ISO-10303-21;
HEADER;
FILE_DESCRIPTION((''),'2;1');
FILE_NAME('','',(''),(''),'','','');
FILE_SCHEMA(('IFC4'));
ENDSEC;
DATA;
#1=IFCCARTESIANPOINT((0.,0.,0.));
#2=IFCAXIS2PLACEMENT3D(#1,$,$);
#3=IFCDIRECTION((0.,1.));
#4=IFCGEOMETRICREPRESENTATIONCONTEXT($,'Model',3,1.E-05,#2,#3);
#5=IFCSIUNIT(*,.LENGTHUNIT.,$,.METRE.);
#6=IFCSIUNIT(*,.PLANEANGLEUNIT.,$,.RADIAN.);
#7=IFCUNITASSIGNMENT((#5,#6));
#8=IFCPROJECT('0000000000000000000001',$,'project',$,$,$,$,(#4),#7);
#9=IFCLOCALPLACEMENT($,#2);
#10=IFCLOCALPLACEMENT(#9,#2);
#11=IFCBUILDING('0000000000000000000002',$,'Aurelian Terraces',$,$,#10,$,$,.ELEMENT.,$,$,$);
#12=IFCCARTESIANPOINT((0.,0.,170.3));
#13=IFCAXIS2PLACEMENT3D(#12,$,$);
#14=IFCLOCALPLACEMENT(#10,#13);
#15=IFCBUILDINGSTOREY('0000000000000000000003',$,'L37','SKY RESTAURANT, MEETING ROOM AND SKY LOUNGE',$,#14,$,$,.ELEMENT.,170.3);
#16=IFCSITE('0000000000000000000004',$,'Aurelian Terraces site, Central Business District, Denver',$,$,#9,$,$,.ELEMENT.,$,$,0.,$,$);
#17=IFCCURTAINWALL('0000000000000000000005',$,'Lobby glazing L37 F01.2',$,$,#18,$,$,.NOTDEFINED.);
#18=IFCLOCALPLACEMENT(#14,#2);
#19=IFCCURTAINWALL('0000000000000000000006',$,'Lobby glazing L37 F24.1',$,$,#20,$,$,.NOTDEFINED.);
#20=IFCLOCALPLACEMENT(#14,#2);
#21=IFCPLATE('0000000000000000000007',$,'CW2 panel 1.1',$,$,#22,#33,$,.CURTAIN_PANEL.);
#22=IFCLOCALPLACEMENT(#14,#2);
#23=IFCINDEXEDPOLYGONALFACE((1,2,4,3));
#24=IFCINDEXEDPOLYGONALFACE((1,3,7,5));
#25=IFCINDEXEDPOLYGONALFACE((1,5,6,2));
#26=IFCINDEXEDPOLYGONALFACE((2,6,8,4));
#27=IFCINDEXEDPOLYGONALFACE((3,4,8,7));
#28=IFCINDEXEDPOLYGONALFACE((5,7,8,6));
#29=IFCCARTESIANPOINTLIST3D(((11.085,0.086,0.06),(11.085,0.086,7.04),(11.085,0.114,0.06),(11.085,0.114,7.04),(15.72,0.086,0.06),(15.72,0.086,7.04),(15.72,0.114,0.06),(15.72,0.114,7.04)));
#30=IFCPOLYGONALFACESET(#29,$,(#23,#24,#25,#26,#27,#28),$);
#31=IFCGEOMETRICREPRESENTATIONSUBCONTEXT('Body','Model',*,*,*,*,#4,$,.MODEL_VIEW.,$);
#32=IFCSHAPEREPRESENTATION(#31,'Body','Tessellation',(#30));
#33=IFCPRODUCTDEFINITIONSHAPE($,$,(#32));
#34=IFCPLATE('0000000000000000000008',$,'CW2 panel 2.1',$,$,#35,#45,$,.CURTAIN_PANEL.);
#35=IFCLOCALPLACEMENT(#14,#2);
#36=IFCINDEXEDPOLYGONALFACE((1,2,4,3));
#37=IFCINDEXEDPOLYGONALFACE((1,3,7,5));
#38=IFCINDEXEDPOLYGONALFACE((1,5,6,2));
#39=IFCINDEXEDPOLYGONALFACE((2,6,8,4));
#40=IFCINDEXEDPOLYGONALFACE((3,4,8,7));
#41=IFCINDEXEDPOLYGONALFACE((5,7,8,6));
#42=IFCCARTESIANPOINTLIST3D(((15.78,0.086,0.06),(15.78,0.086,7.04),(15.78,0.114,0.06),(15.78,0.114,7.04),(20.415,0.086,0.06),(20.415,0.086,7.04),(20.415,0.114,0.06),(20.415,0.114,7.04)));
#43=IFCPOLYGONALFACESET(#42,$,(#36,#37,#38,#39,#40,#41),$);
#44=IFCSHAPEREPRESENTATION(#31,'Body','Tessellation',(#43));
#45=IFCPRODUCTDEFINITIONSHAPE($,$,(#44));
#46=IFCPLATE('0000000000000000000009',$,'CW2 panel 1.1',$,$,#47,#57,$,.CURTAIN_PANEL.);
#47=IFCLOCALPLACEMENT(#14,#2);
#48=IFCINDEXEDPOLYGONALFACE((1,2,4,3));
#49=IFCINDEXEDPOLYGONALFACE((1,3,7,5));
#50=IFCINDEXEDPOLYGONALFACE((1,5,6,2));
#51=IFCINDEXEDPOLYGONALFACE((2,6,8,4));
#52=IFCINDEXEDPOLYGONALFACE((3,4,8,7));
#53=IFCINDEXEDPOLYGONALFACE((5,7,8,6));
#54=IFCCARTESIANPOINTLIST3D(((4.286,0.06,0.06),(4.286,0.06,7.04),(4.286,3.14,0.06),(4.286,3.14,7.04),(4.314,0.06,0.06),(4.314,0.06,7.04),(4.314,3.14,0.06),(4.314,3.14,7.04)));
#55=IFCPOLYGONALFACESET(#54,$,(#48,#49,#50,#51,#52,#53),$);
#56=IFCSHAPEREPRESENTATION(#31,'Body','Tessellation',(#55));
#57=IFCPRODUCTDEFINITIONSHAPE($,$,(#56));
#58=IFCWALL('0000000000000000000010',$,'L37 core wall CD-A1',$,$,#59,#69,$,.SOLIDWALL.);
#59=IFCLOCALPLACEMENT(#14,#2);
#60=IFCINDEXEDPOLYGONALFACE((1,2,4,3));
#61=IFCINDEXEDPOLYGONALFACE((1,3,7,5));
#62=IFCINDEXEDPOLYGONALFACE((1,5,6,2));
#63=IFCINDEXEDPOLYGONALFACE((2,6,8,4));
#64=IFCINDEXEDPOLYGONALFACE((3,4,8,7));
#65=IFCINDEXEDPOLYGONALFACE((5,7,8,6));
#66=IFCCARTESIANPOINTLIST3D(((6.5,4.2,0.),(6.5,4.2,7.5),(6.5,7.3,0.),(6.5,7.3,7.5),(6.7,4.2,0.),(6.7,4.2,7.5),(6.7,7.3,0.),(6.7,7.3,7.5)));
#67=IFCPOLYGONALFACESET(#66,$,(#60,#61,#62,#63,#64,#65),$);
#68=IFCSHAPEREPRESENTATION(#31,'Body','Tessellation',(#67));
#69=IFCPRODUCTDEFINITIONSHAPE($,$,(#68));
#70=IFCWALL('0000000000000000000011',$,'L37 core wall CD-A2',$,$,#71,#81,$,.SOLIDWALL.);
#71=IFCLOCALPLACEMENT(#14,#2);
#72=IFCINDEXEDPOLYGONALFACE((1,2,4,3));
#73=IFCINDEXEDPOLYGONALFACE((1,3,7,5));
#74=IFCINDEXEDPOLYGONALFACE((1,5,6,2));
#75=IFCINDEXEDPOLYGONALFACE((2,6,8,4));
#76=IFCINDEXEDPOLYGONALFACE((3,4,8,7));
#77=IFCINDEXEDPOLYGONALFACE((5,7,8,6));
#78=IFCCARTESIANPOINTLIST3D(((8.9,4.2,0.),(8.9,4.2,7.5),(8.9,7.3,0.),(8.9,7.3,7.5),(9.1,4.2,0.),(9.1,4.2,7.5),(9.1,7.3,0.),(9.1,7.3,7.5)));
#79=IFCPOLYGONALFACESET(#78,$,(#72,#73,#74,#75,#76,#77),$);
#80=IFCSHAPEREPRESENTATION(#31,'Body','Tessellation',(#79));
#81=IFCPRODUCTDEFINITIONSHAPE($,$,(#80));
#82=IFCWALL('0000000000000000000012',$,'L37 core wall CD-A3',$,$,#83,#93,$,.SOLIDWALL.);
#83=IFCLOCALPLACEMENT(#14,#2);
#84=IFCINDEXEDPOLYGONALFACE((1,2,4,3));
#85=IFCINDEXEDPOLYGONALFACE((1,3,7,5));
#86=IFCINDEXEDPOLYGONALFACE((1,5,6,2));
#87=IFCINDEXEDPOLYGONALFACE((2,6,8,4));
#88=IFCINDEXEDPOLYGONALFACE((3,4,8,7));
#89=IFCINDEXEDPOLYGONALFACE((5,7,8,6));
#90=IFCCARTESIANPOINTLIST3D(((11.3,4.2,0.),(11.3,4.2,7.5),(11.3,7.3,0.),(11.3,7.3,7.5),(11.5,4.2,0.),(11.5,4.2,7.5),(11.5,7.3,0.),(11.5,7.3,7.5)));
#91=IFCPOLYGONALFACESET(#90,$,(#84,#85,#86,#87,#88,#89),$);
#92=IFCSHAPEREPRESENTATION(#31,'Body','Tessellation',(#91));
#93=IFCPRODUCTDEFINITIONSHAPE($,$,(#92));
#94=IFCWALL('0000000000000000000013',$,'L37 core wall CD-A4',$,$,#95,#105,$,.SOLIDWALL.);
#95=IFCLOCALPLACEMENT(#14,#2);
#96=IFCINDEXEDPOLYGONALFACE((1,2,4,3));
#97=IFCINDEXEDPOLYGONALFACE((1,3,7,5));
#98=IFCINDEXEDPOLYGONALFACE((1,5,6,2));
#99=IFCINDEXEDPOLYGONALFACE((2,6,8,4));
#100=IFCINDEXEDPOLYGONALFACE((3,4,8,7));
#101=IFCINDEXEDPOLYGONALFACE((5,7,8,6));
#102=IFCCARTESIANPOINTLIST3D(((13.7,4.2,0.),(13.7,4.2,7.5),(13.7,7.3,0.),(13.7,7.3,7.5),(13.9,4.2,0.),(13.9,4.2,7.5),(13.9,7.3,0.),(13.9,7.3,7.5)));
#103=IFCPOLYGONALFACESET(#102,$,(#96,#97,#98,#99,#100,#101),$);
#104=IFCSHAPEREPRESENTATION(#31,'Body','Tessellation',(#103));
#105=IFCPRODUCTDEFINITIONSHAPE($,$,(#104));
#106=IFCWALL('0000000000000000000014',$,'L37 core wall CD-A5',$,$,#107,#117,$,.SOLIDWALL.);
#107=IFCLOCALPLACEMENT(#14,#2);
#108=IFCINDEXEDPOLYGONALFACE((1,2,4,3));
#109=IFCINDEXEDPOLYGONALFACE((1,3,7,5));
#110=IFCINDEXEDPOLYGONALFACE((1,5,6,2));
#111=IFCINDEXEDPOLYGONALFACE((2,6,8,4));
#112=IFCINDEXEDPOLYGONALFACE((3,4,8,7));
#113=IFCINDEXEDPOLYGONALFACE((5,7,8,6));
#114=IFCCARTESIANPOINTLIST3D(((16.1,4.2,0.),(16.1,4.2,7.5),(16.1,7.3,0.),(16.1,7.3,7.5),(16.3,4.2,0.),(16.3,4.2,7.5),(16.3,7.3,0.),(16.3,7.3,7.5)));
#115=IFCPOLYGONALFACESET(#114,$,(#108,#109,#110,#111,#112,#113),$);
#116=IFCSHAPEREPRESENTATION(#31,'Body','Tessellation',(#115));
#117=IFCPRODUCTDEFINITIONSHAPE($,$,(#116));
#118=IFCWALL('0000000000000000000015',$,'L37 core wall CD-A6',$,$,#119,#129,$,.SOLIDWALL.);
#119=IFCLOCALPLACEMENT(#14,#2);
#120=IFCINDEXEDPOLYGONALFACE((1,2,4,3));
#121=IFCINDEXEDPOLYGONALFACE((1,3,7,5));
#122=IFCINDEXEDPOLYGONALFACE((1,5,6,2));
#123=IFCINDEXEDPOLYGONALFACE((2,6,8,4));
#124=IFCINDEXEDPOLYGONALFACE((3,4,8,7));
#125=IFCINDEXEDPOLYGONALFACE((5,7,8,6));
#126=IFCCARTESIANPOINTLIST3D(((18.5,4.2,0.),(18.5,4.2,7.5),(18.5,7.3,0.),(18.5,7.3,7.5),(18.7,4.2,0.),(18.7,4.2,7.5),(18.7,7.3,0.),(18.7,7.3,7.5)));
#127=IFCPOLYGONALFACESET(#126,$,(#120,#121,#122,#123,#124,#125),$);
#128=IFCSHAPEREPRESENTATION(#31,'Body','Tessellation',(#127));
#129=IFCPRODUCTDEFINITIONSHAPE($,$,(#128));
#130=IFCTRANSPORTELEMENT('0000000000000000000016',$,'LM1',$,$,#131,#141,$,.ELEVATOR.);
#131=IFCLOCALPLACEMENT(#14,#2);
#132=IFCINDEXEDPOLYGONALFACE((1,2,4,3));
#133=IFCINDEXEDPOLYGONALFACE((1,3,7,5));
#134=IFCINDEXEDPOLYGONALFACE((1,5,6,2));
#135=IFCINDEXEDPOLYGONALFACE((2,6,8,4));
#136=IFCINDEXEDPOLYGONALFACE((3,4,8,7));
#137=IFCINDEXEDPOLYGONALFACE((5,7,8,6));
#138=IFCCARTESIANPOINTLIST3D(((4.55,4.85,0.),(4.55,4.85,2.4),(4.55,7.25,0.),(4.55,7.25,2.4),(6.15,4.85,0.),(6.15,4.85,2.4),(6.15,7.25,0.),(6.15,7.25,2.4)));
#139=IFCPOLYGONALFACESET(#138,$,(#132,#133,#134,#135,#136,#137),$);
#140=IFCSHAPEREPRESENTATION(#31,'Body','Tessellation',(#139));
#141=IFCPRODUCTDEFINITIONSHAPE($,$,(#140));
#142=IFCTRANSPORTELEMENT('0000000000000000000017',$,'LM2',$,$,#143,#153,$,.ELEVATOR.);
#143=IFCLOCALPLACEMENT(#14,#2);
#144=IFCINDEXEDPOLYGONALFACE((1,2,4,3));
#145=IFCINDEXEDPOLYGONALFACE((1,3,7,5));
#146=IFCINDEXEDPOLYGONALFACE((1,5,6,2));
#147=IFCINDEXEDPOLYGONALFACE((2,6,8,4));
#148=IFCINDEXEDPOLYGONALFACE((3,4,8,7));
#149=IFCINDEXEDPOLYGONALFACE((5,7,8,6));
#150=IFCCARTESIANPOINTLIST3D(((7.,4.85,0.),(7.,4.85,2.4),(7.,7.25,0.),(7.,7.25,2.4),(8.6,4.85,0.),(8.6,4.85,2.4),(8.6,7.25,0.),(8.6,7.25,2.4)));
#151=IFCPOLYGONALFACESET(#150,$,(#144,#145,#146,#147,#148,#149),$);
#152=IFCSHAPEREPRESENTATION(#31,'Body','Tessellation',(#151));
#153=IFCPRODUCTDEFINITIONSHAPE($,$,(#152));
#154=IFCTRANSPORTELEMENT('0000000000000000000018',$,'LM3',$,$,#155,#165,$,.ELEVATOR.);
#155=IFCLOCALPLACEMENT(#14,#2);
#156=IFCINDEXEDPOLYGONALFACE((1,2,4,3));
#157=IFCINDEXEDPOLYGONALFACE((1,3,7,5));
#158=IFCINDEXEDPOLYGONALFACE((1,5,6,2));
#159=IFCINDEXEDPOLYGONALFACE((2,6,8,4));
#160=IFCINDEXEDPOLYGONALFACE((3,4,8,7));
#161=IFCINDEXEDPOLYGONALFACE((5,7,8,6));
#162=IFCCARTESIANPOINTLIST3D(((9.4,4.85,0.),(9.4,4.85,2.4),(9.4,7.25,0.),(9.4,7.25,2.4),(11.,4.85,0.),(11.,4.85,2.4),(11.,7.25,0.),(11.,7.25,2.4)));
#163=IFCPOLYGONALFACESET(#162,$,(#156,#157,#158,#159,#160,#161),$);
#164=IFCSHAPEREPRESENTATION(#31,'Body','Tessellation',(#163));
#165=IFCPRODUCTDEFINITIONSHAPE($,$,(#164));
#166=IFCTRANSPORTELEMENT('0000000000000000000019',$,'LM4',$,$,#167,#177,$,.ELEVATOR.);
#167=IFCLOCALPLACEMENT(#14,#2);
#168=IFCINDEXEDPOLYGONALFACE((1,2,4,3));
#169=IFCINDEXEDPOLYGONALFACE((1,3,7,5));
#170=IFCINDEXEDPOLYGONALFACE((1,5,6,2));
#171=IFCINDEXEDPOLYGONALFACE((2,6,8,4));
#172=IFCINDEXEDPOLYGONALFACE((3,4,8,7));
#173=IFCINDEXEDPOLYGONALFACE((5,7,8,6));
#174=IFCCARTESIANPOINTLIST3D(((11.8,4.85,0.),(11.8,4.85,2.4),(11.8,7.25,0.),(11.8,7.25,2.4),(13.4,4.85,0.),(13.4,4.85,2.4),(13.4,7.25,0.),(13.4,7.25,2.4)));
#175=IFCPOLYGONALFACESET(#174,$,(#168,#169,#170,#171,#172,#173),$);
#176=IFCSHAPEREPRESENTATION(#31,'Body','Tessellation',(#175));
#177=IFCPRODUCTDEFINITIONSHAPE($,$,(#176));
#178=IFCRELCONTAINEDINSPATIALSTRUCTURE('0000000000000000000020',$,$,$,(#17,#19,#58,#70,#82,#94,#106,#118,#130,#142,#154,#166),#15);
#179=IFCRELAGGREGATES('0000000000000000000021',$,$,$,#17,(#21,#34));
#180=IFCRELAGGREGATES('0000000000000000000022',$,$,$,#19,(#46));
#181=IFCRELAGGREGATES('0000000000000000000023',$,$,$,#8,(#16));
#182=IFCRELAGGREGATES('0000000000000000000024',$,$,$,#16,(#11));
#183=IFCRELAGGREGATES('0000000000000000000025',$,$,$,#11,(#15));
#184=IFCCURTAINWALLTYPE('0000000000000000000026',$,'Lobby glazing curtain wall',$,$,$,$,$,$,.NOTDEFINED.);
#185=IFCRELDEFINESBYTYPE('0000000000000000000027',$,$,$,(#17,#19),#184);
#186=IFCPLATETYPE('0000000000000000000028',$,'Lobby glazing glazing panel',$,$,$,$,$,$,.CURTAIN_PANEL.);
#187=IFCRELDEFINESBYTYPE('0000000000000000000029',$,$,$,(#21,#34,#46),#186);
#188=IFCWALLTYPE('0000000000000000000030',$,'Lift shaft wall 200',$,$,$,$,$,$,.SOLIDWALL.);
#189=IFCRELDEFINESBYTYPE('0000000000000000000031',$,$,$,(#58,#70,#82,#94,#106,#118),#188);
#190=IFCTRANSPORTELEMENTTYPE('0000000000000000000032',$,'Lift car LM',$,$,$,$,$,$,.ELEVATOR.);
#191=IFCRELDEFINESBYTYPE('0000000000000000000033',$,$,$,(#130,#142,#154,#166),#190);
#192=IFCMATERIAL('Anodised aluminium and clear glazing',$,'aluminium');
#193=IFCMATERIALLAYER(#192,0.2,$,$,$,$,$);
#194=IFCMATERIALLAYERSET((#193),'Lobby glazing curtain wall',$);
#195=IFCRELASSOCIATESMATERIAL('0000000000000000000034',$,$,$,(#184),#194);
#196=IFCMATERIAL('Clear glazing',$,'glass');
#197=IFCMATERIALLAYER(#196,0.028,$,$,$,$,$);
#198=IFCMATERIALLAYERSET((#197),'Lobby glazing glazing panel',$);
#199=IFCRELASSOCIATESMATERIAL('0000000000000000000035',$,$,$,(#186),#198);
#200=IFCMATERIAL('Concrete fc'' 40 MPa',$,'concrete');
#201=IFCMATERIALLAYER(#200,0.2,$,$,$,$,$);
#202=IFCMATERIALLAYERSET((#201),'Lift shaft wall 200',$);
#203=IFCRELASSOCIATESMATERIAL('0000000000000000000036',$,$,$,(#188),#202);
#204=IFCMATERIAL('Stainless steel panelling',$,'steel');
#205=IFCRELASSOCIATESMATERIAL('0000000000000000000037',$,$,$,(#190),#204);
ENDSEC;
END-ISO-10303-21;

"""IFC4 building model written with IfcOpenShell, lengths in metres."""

from ifc_helpers import new_model, si_unit, direction, frame, frame_2d, origin, origin_2d, place, context, subcontext, project, spatial, rectangle, extrude, source, transform, mapped, material, layer, layer_set, type_object, element, aggregate, save


model = new_model("IFC4")

# Units and contexts
model_context = context("Model", 3, precision=1e-05, world=origin(), true_north=direction((0.0, 1.0)))
body_context = subcontext(model_context, "Body", "Model", "MODEL_VIEW")
ifc_project = project(units=[si_unit("LENGTHUNIT", "METRE"), si_unit("PLANEANGLEUNIT", "RADIAN")], contexts=[model_context])

# Site, building, storey
site_placement = place(None, origin())
site = spatial("IfcSite", under=ifc_project, at=site_placement, Name="Aurelian Terraces site, Central Business District, Denver", CompositionType="ELEMENT", RefElevation=0.0)
building_placement = place(site_placement, origin())
building = spatial("IfcBuilding", under=site, at=building_placement, Name="Aurelian Terraces", CompositionType="ELEMENT")
storey_placement = place(building_placement, frame((0.0, 0.0, 170.3)))
storey = spatial("IfcBuildingStorey", under=building, at=storey_placement, Name="L37", Description="SKY RESTAURANT, MEETING ROOM AND SKY LOUNGE", CompositionType="ELEMENT", Elevation=170.3)

# Curtain wall
ifc_material_1 = material(Name="Anodised aluminium and clear glazing", Category="aluminium")
ifc_layer_1 = layer(ifc_material_1, 0.2)
ifc_layer_set_1 = layer_set([ifc_layer_1], Name="Lobby glazing curtain wall")
curtain_wall_type = type_object("IfcCurtainWallType", Name="Lobby glazing curtain wall", PredefinedType="NOTDEFINED", material=ifc_layer_set_1)
curtain_wall_1_placement = place(storey_placement, origin())
curtain_wall_1 = element("IfcCurtainWall", 1, at=curtain_wall_1_placement, inside=storey, type_object=curtain_wall_type, Name="Lobby glazing L37 F01.2", PredefinedType="NOTDEFINED")

# Curtain wall
curtain_wall_2_placement = place(storey_placement, origin())
curtain_wall_2 = element("IfcCurtainWall", 2, at=curtain_wall_2_placement, inside=storey, type_object=curtain_wall_type, Name="Lobby glazing L37 F24.1", PredefinedType="NOTDEFINED")

# Plates
ifc_material_2 = material(Name="Clear glazing", Category="glass")
ifc_layer_2 = layer(ifc_material_2, 0.028)
ifc_layer_set_2 = layer_set([ifc_layer_2], Name="Lobby glazing glazing panel")
plate_type = type_object("IfcPlateType", Name="Lobby glazing glazing panel", PredefinedType="CURTAIN_PANEL", material=ifc_layer_set_2)
plate_1_placement = place(storey_placement, frame((13.4025, 0.1, 0.06), z_axis=(0.0, 0.0, 1.0), x_axis=(1.0, 0.0, 0.0)))
plate_1 = element("IfcPlate", 3, at=plate_1_placement, type_object=plate_type, Name="CW2 panel 1.1", PredefinedType="CURTAIN_PANEL", context=body_context, shape_type="SweptSolid", body=[
    extrude(rectangle(XDim=4.635, YDim=0.028, at=origin_2d()), origin(), (0.0, 0.0, 1.0), 6.98),
])
shared_shape_1 = source(origin(), body_context, "Body", "SweptSolid", [
    extrude(rectangle(XDim=4.635, YDim=0.028, at=origin_2d()), origin(), (0.0, 0.0, 1.0), 6.98),
])
plate_2_placement = place(storey_placement, frame((18.0975, 0.1, 0.06), z_axis=(0.0, 0.0, 1.0), x_axis=(1.0, 0.0, 0.0)))
plate_2 = element("IfcPlate", 4, at=plate_2_placement, type_object=plate_type, Name="CW2 panel 2.1", PredefinedType="CURTAIN_PANEL", context=body_context, shape_type="MappedRepresentation", body=[
    mapped(shared_shape_1, transform((0.0, 0.0, 0.0), scale=1.0)),
])
aggregate(curtain_wall_1, [plate_1, plate_2])
shared_shape_2 = source(origin(), body_context, "Body", "SweptSolid", [
    extrude(rectangle(XDim=3.08, YDim=0.028, at=origin_2d()), origin(), (0.0, 0.0, 1.0), 6.98),
])
plate_3_placement = place(storey_placement, frame((4.3, 1.6, 0.06), z_axis=(0.0, 0.0, 1.0), x_axis=(0.0, -1.0, 0.0)))
plate_3 = element("IfcPlate", 5, at=plate_3_placement, type_object=plate_type, Name="CW2 panel 1.1", PredefinedType="CURTAIN_PANEL", context=body_context, shape_type="MappedRepresentation", body=[
    mapped(shared_shape_2, transform((0.0, 0.0, 0.0), scale=1.0)),
])
aggregate(curtain_wall_2, [plate_3])

# Walls
ifc_material_3 = material(Name="Concrete fc' 40 MPa", Category="concrete")
ifc_layer_3 = layer(ifc_material_3, 0.2)
ifc_layer_set_3 = layer_set([ifc_layer_3], Name="Lift shaft wall 200")
wall_type = type_object("IfcWallType", Name="Lift shaft wall 200", PredefinedType="SOLIDWALL", material=ifc_layer_set_3)
shared_shape_3 = source(origin(), body_context, "Body", "SweptSolid", [
    extrude(rectangle(XDim=3.1, YDim=0.2, at=frame_2d((1.55, 0.0))), origin(), (0.0, 0.0, 1.0), 7.5),
])
for number, where, z_axis, x_axis, name in (
    (6, (6.6, 4.2, 0.0), (0.0, 0.0, 1.0), (0.0, 1.0, 0.0), "L37 core wall CD-A1"),
    (7, (9.0, 4.2, 0.0), (0.0, 0.0, 1.0), (0.0, 1.0, 0.0), "L37 core wall CD-A2"),
    (8, (11.4, 4.2, 0.0), (0.0, 0.0, 1.0), (0.0, 1.0, 0.0), "L37 core wall CD-A3"),
    (9, (13.8, 4.2, 0.0), (0.0, 0.0, 1.0), (0.0, 1.0, 0.0), "L37 core wall CD-A4"),
    (10, (16.2, 4.2, 0.0), (0.0, 0.0, 1.0), (0.0, 1.0, 0.0), "L37 core wall CD-A5"),
    (11, (18.6, 4.2, 0.0), (0.0, 0.0, 1.0), (0.0, 1.0, 0.0), "L37 core wall CD-A6"),
):
    element("IfcWall", number, at=place(storey_placement, frame(where, z_axis=z_axis, x_axis=x_axis)), inside=storey, type_object=wall_type, Name=name, PredefinedType="SOLIDWALL", context=body_context, shape_type="MappedRepresentation", body=[
        mapped(shared_shape_3, transform((0.0, 0.0, 0.0), scale=1.0)),
    ])

# Transport elements
ifc_material_4 = material(Name="Stainless steel panelling", Category="steel")
transport_element_type = type_object("IfcTransportElementType", Name="Lift car LM", PredefinedType="ELEVATOR", material=ifc_material_4)
shared_shape_4 = source(origin(), body_context, "Body", "SweptSolid", [
    extrude(rectangle(XDim=1.6, YDim=2.4, at=origin_2d()), origin(), (0.0, 0.0, 1.0), 2.4),
])
for number, where, z_axis, x_axis, name in (
    (12, (5.35, 6.05, 0.0), (0.0, 0.0, 1.0), (1.0, 0.0, 0.0), "LM1"),
    (13, (7.8, 6.05, 0.0), (0.0, 0.0, 1.0), (1.0, 0.0, 0.0), "LM2"),
    (14, (10.2, 6.05, 0.0), (0.0, 0.0, 1.0), (1.0, 0.0, 0.0), "LM3"),
    (15, (12.6, 6.05, 0.0), (0.0, 0.0, 1.0), (1.0, 0.0, 0.0), "LM4"),
):
    element("IfcTransportElement", number, at=place(storey_placement, frame(where, z_axis=z_axis, x_axis=x_axis)), inside=storey, type_object=transport_element_type, Name=name, PredefinedType="ELEVATOR", context=body_context, shape_type="MappedRepresentation", body=[
        mapped(shared_shape_4, transform((0.0, 0.0, 0.0), scale=1.0)),
    ])

save(model, "model.ifc")
